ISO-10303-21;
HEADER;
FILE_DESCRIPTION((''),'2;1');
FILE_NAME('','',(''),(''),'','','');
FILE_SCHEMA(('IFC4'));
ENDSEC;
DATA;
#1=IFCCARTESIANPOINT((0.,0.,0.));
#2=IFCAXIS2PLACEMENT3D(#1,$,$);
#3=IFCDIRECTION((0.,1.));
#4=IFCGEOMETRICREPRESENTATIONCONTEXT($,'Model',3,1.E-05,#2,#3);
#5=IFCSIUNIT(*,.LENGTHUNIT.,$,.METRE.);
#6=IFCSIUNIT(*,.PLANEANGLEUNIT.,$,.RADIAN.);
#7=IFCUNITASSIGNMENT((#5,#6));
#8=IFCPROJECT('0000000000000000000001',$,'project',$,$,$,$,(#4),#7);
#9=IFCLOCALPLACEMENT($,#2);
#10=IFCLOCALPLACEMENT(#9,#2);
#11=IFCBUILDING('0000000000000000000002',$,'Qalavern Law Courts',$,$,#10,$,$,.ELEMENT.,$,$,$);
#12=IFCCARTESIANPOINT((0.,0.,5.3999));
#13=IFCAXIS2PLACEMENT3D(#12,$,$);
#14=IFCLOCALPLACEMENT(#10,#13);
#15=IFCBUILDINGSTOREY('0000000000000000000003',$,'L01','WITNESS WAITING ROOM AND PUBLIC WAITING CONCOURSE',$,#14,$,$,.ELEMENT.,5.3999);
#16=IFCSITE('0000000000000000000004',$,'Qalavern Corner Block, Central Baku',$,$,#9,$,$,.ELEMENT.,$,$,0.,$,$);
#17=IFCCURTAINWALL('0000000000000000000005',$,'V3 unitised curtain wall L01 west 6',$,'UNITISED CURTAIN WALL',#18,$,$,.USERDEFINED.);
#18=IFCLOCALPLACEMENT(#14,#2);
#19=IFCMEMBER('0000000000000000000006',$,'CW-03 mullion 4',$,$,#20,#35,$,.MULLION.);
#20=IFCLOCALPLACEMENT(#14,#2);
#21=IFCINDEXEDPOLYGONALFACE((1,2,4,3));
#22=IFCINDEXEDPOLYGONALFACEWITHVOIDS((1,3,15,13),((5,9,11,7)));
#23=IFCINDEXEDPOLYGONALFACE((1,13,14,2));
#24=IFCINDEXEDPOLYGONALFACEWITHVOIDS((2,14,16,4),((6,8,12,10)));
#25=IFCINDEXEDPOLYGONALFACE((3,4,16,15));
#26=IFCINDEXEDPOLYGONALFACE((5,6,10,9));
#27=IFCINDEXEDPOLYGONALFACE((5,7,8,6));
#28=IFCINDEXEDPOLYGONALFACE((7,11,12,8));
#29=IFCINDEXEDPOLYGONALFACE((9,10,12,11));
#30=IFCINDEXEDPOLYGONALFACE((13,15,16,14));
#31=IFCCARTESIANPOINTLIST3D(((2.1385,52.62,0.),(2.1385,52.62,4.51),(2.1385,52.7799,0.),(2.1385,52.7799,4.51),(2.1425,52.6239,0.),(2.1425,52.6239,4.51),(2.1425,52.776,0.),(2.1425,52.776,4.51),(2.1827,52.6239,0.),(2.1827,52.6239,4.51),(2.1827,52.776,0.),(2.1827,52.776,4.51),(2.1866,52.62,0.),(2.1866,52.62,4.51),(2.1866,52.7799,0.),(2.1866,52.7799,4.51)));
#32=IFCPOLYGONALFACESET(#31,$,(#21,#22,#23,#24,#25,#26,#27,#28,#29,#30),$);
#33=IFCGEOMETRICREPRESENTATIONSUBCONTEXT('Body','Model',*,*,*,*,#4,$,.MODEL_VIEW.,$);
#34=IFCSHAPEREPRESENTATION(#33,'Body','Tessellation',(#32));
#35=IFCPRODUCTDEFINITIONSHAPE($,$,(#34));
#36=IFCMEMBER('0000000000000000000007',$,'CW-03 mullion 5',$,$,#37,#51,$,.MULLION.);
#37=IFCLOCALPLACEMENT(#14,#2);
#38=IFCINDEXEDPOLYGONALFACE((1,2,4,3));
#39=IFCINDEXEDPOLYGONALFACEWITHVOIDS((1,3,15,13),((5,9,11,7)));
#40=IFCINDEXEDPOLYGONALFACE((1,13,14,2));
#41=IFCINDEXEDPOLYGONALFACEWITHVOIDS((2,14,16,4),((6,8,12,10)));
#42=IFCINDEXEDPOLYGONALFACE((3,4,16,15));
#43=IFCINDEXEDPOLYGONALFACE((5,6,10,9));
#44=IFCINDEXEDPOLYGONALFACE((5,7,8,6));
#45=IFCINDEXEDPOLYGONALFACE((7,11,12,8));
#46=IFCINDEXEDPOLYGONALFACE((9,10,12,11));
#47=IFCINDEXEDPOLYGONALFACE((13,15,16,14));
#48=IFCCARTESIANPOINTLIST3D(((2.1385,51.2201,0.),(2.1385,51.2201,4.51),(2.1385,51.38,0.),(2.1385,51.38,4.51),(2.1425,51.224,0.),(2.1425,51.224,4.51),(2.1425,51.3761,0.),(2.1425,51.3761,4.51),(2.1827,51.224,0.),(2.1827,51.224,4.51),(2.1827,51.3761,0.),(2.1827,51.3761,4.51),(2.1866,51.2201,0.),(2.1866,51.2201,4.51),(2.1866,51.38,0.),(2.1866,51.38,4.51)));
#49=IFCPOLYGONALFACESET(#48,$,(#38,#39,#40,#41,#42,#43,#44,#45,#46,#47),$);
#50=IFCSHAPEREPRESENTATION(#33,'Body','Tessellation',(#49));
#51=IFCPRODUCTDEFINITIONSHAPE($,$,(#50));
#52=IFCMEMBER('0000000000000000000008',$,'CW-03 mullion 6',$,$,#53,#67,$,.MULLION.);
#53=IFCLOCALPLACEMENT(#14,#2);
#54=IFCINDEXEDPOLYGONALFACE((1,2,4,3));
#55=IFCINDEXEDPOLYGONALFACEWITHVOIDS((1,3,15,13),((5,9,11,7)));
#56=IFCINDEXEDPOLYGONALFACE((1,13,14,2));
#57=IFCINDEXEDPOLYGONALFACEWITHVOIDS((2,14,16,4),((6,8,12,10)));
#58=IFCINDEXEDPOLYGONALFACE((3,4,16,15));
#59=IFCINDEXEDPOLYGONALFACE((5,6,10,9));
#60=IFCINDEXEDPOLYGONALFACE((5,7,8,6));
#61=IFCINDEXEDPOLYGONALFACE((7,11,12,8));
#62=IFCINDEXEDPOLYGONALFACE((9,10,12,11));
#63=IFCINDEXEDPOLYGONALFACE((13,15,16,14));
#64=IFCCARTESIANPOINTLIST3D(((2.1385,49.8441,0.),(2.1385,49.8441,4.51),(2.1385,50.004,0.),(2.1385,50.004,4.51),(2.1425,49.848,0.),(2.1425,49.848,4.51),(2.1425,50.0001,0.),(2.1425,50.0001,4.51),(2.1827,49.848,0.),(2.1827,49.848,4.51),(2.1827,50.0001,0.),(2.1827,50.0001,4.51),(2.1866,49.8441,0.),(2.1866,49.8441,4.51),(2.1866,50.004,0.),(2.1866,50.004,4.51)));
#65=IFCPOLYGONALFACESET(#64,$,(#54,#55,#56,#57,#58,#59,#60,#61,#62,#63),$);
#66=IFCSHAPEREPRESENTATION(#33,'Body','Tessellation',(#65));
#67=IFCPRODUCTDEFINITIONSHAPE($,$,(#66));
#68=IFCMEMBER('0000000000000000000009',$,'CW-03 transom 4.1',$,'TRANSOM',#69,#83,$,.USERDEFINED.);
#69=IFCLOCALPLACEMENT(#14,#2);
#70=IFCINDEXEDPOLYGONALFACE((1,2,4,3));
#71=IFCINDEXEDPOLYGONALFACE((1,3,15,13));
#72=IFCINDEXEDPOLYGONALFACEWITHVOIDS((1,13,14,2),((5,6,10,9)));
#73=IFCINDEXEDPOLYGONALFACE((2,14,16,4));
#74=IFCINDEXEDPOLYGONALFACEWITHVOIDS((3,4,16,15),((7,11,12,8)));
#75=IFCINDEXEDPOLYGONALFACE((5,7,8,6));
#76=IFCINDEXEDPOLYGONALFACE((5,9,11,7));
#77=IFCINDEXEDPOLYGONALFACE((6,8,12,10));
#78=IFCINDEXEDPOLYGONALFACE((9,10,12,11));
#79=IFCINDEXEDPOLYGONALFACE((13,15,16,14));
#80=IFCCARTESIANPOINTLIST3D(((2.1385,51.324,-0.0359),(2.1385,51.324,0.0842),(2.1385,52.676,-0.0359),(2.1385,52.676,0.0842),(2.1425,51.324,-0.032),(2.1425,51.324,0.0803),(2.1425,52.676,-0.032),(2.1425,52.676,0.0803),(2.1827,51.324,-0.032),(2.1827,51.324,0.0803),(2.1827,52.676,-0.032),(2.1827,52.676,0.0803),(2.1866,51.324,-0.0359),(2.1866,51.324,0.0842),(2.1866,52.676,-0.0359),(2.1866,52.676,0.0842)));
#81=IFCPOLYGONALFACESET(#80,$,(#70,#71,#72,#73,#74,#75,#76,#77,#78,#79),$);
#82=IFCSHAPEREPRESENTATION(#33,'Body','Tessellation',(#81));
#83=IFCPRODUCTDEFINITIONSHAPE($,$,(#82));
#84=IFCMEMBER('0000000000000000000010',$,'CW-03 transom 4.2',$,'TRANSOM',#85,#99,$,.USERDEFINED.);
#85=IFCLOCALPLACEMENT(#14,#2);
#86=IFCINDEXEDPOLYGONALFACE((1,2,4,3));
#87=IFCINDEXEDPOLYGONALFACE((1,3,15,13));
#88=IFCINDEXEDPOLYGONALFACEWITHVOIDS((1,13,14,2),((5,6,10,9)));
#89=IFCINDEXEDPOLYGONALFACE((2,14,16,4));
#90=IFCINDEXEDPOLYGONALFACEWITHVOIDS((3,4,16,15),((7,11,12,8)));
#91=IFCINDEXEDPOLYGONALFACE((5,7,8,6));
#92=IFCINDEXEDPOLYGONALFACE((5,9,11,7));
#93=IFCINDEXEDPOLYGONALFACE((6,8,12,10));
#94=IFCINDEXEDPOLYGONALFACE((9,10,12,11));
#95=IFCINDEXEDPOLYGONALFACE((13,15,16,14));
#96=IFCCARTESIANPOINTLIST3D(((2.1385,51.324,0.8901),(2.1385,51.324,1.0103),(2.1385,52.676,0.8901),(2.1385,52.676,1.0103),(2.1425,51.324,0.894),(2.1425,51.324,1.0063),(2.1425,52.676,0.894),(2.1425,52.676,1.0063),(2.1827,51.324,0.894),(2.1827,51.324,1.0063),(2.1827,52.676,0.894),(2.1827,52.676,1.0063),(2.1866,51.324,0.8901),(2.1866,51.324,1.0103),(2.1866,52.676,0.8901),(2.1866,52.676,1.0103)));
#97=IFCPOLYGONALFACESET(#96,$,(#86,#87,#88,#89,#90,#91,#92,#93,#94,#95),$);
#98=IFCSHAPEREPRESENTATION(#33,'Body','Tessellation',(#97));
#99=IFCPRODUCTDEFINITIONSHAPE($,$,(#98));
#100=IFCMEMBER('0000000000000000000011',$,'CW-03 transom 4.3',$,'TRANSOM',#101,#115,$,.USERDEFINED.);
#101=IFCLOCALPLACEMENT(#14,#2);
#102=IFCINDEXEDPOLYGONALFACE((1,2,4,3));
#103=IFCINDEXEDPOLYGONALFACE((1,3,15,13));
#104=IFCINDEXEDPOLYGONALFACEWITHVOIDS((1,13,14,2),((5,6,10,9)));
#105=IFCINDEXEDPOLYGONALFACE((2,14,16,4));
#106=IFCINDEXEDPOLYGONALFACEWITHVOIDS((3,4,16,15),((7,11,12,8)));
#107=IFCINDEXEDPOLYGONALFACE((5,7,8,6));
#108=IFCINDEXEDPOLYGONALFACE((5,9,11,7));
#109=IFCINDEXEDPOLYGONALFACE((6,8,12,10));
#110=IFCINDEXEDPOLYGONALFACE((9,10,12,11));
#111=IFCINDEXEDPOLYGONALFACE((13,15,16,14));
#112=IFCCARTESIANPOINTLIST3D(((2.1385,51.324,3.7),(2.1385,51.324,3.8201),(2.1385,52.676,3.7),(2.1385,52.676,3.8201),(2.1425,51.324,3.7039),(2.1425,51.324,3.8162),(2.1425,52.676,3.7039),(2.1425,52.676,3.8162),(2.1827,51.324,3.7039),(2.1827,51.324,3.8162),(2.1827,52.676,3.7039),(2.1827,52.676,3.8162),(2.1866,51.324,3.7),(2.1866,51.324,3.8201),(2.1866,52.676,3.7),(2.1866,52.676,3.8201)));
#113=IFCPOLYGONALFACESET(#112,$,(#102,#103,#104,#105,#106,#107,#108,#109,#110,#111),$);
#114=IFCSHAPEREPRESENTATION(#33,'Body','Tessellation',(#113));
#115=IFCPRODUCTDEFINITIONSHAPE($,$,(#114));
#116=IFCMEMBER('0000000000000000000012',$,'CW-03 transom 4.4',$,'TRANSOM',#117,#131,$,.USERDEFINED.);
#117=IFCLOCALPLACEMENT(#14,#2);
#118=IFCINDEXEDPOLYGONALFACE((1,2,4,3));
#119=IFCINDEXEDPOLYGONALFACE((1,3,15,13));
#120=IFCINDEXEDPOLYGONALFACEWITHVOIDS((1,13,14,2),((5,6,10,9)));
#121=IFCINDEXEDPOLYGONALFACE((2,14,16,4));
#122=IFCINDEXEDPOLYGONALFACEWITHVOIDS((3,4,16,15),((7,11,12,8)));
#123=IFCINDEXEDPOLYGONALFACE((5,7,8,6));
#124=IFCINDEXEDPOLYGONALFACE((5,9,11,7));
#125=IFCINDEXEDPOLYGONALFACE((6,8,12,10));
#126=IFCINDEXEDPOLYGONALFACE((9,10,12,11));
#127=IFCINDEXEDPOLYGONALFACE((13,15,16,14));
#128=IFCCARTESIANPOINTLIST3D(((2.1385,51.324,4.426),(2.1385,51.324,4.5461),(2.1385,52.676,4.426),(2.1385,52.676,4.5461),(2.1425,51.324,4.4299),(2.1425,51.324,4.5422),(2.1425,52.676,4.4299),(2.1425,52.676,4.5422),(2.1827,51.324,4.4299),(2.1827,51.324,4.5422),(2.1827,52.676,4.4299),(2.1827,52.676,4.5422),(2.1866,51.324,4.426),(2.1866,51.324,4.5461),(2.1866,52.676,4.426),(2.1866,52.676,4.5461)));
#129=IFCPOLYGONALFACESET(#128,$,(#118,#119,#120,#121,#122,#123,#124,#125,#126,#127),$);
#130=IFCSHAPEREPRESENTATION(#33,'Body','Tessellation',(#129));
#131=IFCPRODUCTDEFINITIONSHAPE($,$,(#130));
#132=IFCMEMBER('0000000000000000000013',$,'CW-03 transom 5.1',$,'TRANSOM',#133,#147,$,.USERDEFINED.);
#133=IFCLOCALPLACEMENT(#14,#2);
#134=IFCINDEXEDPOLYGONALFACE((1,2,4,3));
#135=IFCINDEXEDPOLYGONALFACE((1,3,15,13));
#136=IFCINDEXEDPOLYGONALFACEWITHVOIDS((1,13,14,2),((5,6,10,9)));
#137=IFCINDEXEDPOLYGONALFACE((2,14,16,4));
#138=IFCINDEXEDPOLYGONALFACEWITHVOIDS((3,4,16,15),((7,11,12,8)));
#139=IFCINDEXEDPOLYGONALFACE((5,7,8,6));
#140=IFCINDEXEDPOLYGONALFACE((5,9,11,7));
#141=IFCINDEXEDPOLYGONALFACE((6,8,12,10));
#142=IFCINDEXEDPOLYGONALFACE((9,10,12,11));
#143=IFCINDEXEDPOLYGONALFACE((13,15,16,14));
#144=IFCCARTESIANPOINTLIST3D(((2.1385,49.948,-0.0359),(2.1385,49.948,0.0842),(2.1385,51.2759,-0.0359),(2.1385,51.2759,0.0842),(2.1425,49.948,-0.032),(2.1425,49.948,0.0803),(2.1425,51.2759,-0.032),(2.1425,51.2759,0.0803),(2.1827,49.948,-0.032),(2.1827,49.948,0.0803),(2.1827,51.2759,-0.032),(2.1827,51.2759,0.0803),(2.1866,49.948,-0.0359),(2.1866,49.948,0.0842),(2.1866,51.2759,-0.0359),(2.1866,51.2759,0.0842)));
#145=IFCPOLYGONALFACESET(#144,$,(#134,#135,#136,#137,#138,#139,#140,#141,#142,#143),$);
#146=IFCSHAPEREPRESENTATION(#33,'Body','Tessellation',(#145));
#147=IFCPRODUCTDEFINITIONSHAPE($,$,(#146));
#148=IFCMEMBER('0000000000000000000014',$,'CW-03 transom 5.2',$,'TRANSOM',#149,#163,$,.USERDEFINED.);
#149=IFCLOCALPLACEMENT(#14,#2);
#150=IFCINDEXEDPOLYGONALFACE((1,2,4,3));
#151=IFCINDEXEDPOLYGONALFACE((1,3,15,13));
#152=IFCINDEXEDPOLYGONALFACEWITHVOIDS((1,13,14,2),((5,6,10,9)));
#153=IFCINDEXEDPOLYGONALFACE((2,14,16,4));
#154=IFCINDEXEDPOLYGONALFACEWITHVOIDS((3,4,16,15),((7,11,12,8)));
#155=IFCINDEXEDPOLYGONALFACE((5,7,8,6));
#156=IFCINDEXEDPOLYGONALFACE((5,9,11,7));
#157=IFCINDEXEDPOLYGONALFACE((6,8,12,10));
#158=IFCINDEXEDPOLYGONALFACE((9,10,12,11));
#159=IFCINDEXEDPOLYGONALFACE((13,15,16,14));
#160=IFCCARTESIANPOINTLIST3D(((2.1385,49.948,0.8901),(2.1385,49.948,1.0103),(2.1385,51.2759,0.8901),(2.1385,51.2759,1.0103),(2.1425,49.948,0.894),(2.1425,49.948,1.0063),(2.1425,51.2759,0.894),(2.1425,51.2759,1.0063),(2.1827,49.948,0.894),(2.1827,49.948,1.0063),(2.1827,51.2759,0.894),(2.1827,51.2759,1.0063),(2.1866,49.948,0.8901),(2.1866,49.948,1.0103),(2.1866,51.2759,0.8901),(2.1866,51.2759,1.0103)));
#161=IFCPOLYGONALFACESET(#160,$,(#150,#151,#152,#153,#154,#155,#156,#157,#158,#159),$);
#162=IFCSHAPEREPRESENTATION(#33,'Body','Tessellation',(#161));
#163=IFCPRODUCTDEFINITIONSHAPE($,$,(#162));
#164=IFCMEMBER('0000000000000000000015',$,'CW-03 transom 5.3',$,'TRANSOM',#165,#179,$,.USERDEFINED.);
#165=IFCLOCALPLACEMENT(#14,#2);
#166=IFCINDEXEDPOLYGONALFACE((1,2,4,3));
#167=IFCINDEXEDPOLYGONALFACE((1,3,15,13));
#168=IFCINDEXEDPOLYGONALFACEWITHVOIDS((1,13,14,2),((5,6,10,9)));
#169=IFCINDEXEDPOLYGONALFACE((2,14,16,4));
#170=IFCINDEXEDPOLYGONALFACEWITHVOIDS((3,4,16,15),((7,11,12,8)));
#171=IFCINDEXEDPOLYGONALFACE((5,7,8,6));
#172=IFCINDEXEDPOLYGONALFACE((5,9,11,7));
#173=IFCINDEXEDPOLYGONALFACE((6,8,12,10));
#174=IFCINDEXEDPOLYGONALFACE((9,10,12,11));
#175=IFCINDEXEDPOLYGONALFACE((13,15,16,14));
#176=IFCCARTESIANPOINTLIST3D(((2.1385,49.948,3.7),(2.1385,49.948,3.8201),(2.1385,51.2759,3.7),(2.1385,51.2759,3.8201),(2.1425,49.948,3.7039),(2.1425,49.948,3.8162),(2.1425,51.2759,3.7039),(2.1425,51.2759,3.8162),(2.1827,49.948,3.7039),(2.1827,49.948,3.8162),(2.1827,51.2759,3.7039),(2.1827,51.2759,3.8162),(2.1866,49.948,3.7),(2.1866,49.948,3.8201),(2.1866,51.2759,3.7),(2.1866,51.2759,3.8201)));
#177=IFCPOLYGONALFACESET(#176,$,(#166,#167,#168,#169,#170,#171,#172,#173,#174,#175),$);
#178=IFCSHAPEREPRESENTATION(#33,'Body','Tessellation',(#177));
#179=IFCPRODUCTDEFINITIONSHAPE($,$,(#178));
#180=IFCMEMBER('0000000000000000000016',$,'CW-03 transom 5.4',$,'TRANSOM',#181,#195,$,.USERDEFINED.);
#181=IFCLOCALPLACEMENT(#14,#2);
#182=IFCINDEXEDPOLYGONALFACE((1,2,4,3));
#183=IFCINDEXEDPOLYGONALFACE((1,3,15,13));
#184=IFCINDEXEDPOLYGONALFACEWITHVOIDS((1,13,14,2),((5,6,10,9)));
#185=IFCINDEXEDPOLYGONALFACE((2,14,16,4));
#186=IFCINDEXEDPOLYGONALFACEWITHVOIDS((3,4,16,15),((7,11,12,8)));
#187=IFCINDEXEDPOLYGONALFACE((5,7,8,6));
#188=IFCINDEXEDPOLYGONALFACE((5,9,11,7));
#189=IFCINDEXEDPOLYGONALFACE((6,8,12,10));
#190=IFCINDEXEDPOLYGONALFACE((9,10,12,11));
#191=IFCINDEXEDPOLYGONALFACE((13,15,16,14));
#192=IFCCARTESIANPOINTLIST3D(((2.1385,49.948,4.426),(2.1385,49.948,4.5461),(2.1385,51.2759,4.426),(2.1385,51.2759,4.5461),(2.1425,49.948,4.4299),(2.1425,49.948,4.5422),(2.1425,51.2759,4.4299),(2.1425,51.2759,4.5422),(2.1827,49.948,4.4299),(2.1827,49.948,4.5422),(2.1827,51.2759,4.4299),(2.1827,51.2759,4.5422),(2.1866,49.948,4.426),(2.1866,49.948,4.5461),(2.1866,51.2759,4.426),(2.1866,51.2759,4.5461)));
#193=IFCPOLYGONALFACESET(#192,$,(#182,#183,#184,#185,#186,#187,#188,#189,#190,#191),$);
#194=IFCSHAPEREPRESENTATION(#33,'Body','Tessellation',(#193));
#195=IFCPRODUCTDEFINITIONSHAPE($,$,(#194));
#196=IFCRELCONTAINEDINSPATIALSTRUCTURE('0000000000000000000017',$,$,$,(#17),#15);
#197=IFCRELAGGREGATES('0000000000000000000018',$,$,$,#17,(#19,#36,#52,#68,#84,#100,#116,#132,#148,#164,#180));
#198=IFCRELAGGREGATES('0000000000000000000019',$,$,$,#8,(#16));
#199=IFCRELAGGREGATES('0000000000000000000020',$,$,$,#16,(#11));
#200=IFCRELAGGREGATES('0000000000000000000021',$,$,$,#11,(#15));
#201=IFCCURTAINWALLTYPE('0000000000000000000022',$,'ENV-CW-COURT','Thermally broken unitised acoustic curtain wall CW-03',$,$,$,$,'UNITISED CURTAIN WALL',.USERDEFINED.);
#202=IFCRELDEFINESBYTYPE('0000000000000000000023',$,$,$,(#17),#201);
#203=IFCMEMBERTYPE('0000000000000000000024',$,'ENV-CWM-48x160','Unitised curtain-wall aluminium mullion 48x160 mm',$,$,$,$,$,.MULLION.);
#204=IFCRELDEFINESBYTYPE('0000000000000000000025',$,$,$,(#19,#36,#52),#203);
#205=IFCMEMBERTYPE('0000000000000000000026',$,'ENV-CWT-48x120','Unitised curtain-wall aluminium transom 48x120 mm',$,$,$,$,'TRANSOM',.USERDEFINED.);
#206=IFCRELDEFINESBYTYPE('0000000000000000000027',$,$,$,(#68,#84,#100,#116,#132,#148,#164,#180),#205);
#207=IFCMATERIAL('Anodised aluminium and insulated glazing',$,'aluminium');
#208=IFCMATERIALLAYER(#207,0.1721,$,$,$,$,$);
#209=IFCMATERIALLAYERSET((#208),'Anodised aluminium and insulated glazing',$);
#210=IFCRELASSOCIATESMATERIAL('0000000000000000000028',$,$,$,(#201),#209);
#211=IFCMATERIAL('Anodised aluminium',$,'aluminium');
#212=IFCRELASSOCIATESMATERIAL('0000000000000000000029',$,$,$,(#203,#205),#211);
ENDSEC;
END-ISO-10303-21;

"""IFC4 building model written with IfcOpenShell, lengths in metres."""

from ifc_helpers import new_model, si_unit, direction, frame, origin, origin_2d, place, context, subcontext, project, spatial, hollow_rectangle, extrude, material, layer, layer_set, material_profile, profile_set, type_object, element, aggregate, save


model = new_model("IFC4")

# Units and contexts
model_context = context("Model", 3, precision=1e-05, world=origin(), true_north=direction((0.0, 1.0)))
body_context = subcontext(model_context, "Body", "Model", "MODEL_VIEW")
ifc_project = project(units=[si_unit("LENGTHUNIT", "METRE"), si_unit("PLANEANGLEUNIT", "RADIAN")], contexts=[model_context])

# Site, building, storey
site_placement = place(None, origin())
site = spatial("IfcSite", under=ifc_project, at=site_placement, Name="Qalavern Corner Block, Central Baku", CompositionType="ELEMENT", RefElevation=0.0)
building_placement = place(site_placement, origin())
building = spatial("IfcBuilding", under=site, at=building_placement, Name="Qalavern Law Courts", CompositionType="ELEMENT")
storey_placement = place(building_placement, frame((0.0, 0.0, 5.3999)))
storey = spatial("IfcBuildingStorey", under=building, at=storey_placement, Name="L01", Description="WITNESS WAITING ROOM AND PUBLIC WAITING CONCOURSE", CompositionType="ELEMENT", Elevation=5.3999)

# Curtain wall, members
ifc_material_1 = material(Name="Anodised aluminium and insulated glazing", Category="aluminium")
ifc_layer_1 = layer(ifc_material_1, 0.1721)
ifc_layer_set_1 = layer_set([ifc_layer_1], Name="Anodised aluminium and insulated glazing")
curtain_wall_type = type_object("IfcCurtainWallType", Name="ENV-CW-COURT", Description="Thermally broken unitised acoustic curtain wall CW-03", ElementType="UNITISED CURTAIN WALL", PredefinedType="USERDEFINED", material=ifc_layer_set_1)
curtain_wall_placement = place(storey_placement, origin())
curtain_wall = element("IfcCurtainWall", 1, at=curtain_wall_placement, inside=storey, type_object=curtain_wall_type, Name="V3 unitised curtain wall L01 west 6", ObjectType="UNITISED CURTAIN WALL", PredefinedType="USERDEFINED")
ifc_material_2 = material(Name="Anodised aluminium", Category="aluminium")
ifc_material_profile_1 = material_profile(ifc_material_2, hollow_rectangle(XDim=0.0481, YDim=0.1599, WallThickness=0.0039, at=origin_2d()), Name="ALU MULLION 48x160")
ifc_profile_set_1 = profile_set([ifc_material_profile_1], Name="Anodised aluminium")
member_type_1 = type_object("IfcMemberType", Name="ENV-CWM-48x160", Description="Unitised curtain-wall aluminium mullion 48x160 mm", PredefinedType="MULLION", material=ifc_profile_set_1)
member_1_placement = place(storey_placement, frame((2.1626, 52.7, 0.0), z_axis=(0.0, 0.0, 1.0), x_axis=(1.0, 0.0, 0.0)))
member_1 = element("IfcMember", 2, at=member_1_placement, type_object=member_type_1, Name="CW-03 mullion 4", PredefinedType="MULLION", context=body_context, shape_type="SweptSolid", body=[
    extrude(hollow_rectangle(XDim=0.0481, YDim=0.1599, WallThickness=0.0039, at=origin_2d()), origin(), (0.0, 0.0, 1.0), 4.51),
])
member_2_placement = place(storey_placement, frame((2.1626, 51.3, 0.0), z_axis=(0.0, 0.0, 1.0), x_axis=(1.0, 0.0, 0.0)))
member_2 = element("IfcMember", 3, at=member_2_placement, type_object=member_type_1, Name="CW-03 mullion 5", PredefinedType="MULLION", context=body_context, shape_type="SweptSolid", body=[
    extrude(hollow_rectangle(XDim=0.0481, YDim=0.1599, WallThickness=0.0039, at=origin_2d()), origin(), (0.0, 0.0, 1.0), 4.51),
])
member_3_placement = place(storey_placement, frame((2.1626, 49.9241, 0.0), z_axis=(0.0, 0.0, 1.0), x_axis=(1.0, 0.0, 0.0)))
member_3 = element("IfcMember", 4, at=member_3_placement, type_object=member_type_1, Name="CW-03 mullion 6", PredefinedType="MULLION", context=body_context, shape_type="SweptSolid", body=[
    extrude(hollow_rectangle(XDim=0.0481, YDim=0.1599, WallThickness=0.0039, at=origin_2d()), origin(), (0.0, 0.0, 1.0), 4.51),
])
ifc_material_profile_2 = material_profile(ifc_material_2, hollow_rectangle(XDim=0.0481, YDim=0.1201, WallThickness=0.0039, at=origin_2d()), Name="ALU TRANSOM 48x120")
ifc_profile_set_2 = profile_set([ifc_material_profile_2], Name="Anodised aluminium")
member_type_2 = type_object("IfcMemberType", Name="ENV-CWT-48x120", Description="Unitised curtain-wall aluminium transom 48x120 mm", ElementType="TRANSOM", PredefinedType="USERDEFINED", material=ifc_profile_set_2)
member_4_placement = place(storey_placement, frame((2.1626, 52.676, 0.0242), z_axis=(0.0, -1.0, 0.0), x_axis=(1.0, 0.0, 0.0)))
member_4 = element("IfcMember", 5, at=member_4_placement, type_object=member_type_2, Name="CW-03 transom 4.1", ObjectType="TRANSOM", PredefinedType="USERDEFINED", context=body_context, shape_type="SweptSolid", body=[
    extrude(hollow_rectangle(XDim=0.0481, YDim=0.1201, WallThickness=0.0039, at=origin_2d()), origin(), (0.0, 0.0, 1.0), 1.3521),
])
member_5_placement = place(storey_placement, frame((2.1626, 52.676, 0.9502), z_axis=(0.0, -1.0, 0.0), x_axis=(1.0, 0.0, 0.0)))
member_5 = element("IfcMember", 6, at=member_5_placement, type_object=member_type_2, Name="CW-03 transom 4.2", ObjectType="TRANSOM", PredefinedType="USERDEFINED", context=body_context, shape_type="SweptSolid", body=[
    extrude(hollow_rectangle(XDim=0.0481, YDim=0.1201, WallThickness=0.0039, at=origin_2d()), origin(), (0.0, 0.0, 1.0), 1.3521),
])
member_6_placement = place(storey_placement, frame((2.1626, 52.676, 3.76), z_axis=(0.0, -1.0, 0.0), x_axis=(1.0, 0.0, 0.0)))
member_6 = element("IfcMember", 7, at=member_6_placement, type_object=member_type_2, Name="CW-03 transom 4.3", ObjectType="TRANSOM", PredefinedType="USERDEFINED", context=body_context, shape_type="SweptSolid", body=[
    extrude(hollow_rectangle(XDim=0.0481, YDim=0.1201, WallThickness=0.0039, at=origin_2d()), origin(), (0.0, 0.0, 1.0), 1.3521),
])
member_7_placement = place(storey_placement, frame((2.1626, 52.676, 4.4861), z_axis=(0.0, -1.0, 0.0), x_axis=(1.0, 0.0, 0.0)))
member_7 = element("IfcMember", 8, at=member_7_placement, type_object=member_type_2, Name="CW-03 transom 4.4", ObjectType="TRANSOM", PredefinedType="USERDEFINED", context=body_context, shape_type="SweptSolid", body=[
    extrude(hollow_rectangle(XDim=0.0481, YDim=0.1201, WallThickness=0.0039, at=origin_2d()), origin(), (0.0, 0.0, 1.0), 1.3521),
])
member_8_placement = place(storey_placement, frame((2.1626, 51.2759, 0.0242), z_axis=(0.0, -1.0, 0.0), x_axis=(1.0, 0.0, 0.0)))
member_8 = element("IfcMember", 9, at=member_8_placement, type_object=member_type_2, Name="CW-03 transom 5.1", ObjectType="TRANSOM", PredefinedType="USERDEFINED", context=body_context, shape_type="SweptSolid", body=[
    extrude(hollow_rectangle(XDim=0.0481, YDim=0.1201, WallThickness=0.0039, at=origin_2d()), origin(), (0.0, 0.0, 1.0), 1.3279),
])
member_9_placement = place(storey_placement, frame((2.1626, 51.2759, 0.9502), z_axis=(0.0, -1.0, 0.0), x_axis=(1.0, 0.0, 0.0)))
member_9 = element("IfcMember", 10, at=member_9_placement, type_object=member_type_2, Name="CW-03 transom 5.2", ObjectType="TRANSOM", PredefinedType="USERDEFINED", context=body_context, shape_type="SweptSolid", body=[
    extrude(hollow_rectangle(XDim=0.0481, YDim=0.1201, WallThickness=0.0039, at=origin_2d()), origin(), (0.0, 0.0, 1.0), 1.3279),
])
member_10_placement = place(storey_placement, frame((2.1626, 51.2759, 3.76), z_axis=(0.0, -1.0, 0.0), x_axis=(1.0, 0.0, 0.0)))
member_10 = element("IfcMember", 11, at=member_10_placement, type_object=member_type_2, Name="CW-03 transom 5.3", ObjectType="TRANSOM", PredefinedType="USERDEFINED", context=body_context, shape_type="SweptSolid", body=[
    extrude(hollow_rectangle(XDim=0.0481, YDim=0.1201, WallThickness=0.0039, at=origin_2d()), origin(), (0.0, 0.0, 1.0), 1.3279),
])
member_11_placement = place(storey_placement, frame((2.1626, 51.2759, 4.4861), z_axis=(0.0, -1.0, 0.0), x_axis=(1.0, 0.0, 0.0)))
member_11 = element("IfcMember", 12, at=member_11_placement, type_object=member_type_2, Name="CW-03 transom 5.4", ObjectType="TRANSOM", PredefinedType="USERDEFINED", context=body_context, shape_type="SweptSolid", body=[
    extrude(hollow_rectangle(XDim=0.0481, YDim=0.1201, WallThickness=0.0039, at=origin_2d()), origin(), (0.0, 0.0, 1.0), 1.3279),
])
aggregate(curtain_wall, [member_1, member_2, member_3, member_4, member_5, member_6, member_7, member_8, member_9, member_10, member_11])

save(model, "model.ifc")
